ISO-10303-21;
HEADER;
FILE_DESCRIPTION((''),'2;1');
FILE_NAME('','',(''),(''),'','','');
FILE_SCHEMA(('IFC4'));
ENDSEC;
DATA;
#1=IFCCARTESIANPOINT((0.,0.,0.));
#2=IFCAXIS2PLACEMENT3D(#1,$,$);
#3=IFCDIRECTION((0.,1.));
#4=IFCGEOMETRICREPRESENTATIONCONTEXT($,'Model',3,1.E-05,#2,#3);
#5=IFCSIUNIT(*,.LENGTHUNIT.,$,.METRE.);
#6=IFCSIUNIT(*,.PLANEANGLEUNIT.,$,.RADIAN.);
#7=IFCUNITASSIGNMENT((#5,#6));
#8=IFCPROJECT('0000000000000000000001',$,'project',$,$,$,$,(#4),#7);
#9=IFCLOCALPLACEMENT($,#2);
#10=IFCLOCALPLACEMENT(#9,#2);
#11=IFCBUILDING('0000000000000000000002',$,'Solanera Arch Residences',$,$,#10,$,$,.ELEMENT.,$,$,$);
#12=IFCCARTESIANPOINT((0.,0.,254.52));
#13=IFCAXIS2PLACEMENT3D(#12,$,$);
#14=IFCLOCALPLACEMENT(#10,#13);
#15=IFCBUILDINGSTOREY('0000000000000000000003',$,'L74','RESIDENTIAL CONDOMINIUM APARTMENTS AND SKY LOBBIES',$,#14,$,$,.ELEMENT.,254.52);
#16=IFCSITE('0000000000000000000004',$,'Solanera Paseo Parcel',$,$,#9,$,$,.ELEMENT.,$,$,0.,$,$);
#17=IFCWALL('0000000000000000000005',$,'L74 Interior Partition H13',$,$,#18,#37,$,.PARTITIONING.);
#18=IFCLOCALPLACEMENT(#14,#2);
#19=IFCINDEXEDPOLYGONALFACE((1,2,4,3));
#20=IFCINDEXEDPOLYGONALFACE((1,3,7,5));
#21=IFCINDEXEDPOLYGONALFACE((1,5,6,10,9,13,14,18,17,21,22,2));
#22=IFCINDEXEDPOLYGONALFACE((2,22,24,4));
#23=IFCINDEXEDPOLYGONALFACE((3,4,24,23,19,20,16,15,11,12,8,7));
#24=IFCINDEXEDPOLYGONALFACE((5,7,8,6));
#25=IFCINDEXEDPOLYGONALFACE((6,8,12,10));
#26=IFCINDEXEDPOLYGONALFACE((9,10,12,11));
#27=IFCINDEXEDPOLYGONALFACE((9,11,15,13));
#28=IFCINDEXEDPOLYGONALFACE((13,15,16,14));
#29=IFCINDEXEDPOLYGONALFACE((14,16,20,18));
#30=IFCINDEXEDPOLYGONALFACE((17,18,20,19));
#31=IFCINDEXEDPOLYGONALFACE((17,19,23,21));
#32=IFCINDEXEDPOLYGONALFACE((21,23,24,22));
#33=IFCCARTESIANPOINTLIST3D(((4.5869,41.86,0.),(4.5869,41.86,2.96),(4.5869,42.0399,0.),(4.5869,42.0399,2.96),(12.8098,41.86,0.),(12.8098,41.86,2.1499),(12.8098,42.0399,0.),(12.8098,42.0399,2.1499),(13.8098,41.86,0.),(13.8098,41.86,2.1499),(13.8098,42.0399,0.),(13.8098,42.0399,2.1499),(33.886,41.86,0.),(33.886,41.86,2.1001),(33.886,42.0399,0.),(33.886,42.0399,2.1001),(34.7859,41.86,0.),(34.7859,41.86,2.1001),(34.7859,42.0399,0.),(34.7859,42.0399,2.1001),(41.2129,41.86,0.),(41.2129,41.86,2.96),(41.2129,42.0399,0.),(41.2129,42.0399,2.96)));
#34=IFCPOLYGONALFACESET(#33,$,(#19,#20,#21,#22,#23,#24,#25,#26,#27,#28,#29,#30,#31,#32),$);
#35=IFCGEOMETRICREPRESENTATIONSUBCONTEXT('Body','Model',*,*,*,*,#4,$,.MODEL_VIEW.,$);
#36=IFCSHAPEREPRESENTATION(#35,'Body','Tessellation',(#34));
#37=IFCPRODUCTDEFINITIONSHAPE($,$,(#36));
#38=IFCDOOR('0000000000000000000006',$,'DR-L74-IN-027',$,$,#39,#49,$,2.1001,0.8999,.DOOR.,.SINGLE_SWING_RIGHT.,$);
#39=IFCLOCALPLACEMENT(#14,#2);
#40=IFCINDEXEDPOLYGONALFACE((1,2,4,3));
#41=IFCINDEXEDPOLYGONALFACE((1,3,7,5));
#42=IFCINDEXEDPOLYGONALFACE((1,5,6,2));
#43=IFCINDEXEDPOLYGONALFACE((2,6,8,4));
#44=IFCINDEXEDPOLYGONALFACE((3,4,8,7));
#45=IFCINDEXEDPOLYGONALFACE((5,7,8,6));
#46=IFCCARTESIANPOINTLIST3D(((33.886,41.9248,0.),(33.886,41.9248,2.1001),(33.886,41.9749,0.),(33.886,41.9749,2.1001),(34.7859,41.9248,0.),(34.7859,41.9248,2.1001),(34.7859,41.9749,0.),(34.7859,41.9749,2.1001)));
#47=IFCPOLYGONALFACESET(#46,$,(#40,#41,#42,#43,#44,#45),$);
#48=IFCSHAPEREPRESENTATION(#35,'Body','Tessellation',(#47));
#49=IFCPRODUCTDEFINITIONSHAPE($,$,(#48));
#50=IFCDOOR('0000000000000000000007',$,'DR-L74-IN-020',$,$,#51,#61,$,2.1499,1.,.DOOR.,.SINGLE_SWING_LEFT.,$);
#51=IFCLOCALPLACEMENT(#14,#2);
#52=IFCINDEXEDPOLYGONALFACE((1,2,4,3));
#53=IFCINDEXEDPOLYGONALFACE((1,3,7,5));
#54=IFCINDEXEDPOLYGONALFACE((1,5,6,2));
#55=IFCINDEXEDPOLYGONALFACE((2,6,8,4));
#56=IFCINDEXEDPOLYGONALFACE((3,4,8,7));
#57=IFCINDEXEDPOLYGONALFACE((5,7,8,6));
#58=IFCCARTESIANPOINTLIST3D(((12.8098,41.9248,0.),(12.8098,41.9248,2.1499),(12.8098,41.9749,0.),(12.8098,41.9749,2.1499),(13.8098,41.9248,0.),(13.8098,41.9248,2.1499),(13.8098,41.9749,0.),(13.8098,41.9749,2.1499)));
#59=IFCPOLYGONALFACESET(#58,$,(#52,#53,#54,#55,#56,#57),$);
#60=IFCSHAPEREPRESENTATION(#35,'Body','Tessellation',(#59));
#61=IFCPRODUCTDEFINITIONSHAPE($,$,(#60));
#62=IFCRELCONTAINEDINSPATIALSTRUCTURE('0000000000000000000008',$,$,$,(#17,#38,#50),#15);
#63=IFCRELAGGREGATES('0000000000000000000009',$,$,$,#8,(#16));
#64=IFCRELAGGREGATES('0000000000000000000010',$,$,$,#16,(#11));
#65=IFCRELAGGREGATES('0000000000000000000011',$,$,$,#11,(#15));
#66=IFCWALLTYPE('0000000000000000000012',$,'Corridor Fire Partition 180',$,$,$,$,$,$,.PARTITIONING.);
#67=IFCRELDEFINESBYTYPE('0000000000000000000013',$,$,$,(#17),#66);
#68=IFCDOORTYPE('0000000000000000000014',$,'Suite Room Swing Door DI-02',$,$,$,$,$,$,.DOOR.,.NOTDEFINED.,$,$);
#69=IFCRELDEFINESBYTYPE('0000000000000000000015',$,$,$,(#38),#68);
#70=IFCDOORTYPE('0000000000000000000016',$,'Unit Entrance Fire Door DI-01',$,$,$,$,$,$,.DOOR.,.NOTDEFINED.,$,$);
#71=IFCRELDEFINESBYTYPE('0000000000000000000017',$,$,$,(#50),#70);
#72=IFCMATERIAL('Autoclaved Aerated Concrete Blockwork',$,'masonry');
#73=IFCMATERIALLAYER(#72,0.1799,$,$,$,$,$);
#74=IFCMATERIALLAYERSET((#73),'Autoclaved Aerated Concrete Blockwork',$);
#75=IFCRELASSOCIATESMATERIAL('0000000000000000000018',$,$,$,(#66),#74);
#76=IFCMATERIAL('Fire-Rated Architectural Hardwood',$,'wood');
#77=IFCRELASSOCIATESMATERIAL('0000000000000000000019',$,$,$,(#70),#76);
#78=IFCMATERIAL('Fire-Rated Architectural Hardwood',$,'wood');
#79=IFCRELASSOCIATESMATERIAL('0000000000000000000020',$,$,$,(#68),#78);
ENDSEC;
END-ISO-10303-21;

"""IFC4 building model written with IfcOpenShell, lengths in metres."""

from ifc_helpers import new_model, si_unit, direction, frame, frame_2d, origin, place, context, subcontext, project, spatial, rectangle, extrude, material, layer, layer_set, type_object, element, fill, save


model = new_model("IFC4")

# Units and contexts
model_context = context("Model", 3, precision=1e-05, world=origin(), true_north=direction((0.0, 1.0)))
body_context = subcontext(model_context, "Body", "Model", "MODEL_VIEW")
ifc_project = project(units=[si_unit("LENGTHUNIT", "METRE"), si_unit("PLANEANGLEUNIT", "RADIAN")], contexts=[model_context])

# Site, building, storey
site_placement = place(None, origin())
site = spatial("IfcSite", under=ifc_project, at=site_placement, Name="Solanera Paseo Parcel", CompositionType="ELEMENT", RefElevation=0.0)
building_placement = place(site_placement, origin())
building = spatial("IfcBuilding", under=site, at=building_placement, Name="Solanera Arch Residences", CompositionType="ELEMENT")
storey_placement = place(building_placement, frame((0.0, 0.0, 254.52)))
storey = spatial("IfcBuildingStorey", under=building, at=storey_placement, Name="L74", Description="RESIDENTIAL CONDOMINIUM APARTMENTS AND SKY LOBBIES", CompositionType="ELEMENT", Elevation=254.52)

# Wall, openings, doors
ifc_material_1 = material(Name="Autoclaved Aerated Concrete Blockwork", Category="masonry")
ifc_layer_1 = layer(ifc_material_1, 0.1799)
ifc_layer_set_1 = layer_set([ifc_layer_1], Name="Autoclaved Aerated Concrete Blockwork")
wall_type_1 = type_object("IfcWallType", Name="Corridor Fire Partition 180", PredefinedType="PARTITIONING", material=ifc_layer_set_1)
ifc_material_2 = material(Name="Fire-Rated Architectural Hardwood", Category="wood")
door_type_1 = type_object("IfcDoorType", Name="Unit Entrance Fire Door DI-01", OperationType="NOTDEFINED", PredefinedType="DOOR", material=ifc_material_2)
wall_1_placement = place(storey_placement, frame((4.5869, 41.95, 0.0), z_axis=(0.0, 0.0, 1.0), x_axis=(1.0, 0.0, 0.0)))
wall_1 = element("IfcWall", 1, at=wall_1_placement, inside=storey, type_object=wall_type_1, Name="L74 Interior Partition H13", PredefinedType="PARTITIONING", context=body_context, shape_type="SweptSolid", body=[
    extrude(rectangle(XDim=36.626, YDim=0.1799, at=frame_2d((18.313, 0.0))), origin(), (0.0, 0.0, 1.0), 2.96),
])
opening_1_placement = place(wall_1_placement, frame((8.2229, 0.0, 0.0)))
opening_1 = element("IfcOpeningElement", 2, at=opening_1_placement, cuts=wall_1, PredefinedType="OPENING", context=body_context, shape_type="SweptSolid", body=[
    extrude(rectangle(XDim=1.0, YDim=2.1499, at=frame_2d((0.5, 1.075))), frame((0.0, 0.1001, 0.0), z_axis=(0.0, -1.0, 0.0), x_axis=(1.0, 0.0, 0.0)), (0.0, 0.0, 1.0), 0.1999),
])
opening_2_placement = place(wall_1_placement, frame((29.2991, 0.0, 0.0)))
opening_2 = element("IfcOpeningElement", 3, at=opening_2_placement, cuts=wall_1, PredefinedType="OPENING", context=body_context, shape_type="SweptSolid", body=[
    extrude(rectangle(XDim=0.8999, YDim=2.1001, at=frame_2d((0.45, 1.05))), frame((0.0, 0.1001, 0.0), z_axis=(0.0, -1.0, 0.0), x_axis=(1.0, 0.0, 0.0)), (0.0, 0.0, 1.0), 0.1999),
])
ifc_material_3 = material(Name="Fire-Rated Architectural Hardwood", Category="wood")
door_type_2 = type_object("IfcDoorType", Name="Suite Room Swing Door DI-02", OperationType="NOTDEFINED", PredefinedType="DOOR", material=ifc_material_3)
door_1_placement = place(opening_2_placement, origin())
door_1 = element("IfcDoor", 4, at=door_1_placement, inside=storey, type_object=door_type_2, Name="DR-L74-IN-027", OperationType="SINGLE_SWING_RIGHT", OverallHeight=2.1001, OverallWidth=0.8999, PredefinedType="DOOR", context=body_context, shape_type="SweptSolid", body=[
    extrude(rectangle(XDim=0.8999, YDim=2.1001, at=frame_2d((0.45, 1.05))), frame((0.0, 0.0249, 0.0), z_axis=(0.0, -1.0, 0.0), x_axis=(1.0, 0.0, 0.0)), (0.0, 0.0, 1.0), 0.05),
])
fill(opening_2, door_1)
door_2_placement = place(opening_1_placement, origin())
door_2 = element("IfcDoor", 5, at=door_2_placement, inside=storey, type_object=door_type_1, Name="DR-L74-IN-020", OperationType="SINGLE_SWING_LEFT", OverallHeight=2.1499, OverallWidth=1.0, PredefinedType="DOOR", context=body_context, shape_type="SweptSolid", body=[
    extrude(rectangle(XDim=1.0, YDim=2.1499, at=frame_2d((0.5, 1.075))), frame((0.0, 0.0249, 0.0), z_axis=(0.0, -1.0, 0.0), x_axis=(1.0, 0.0, 0.0)), (0.0, 0.0, 1.0), 0.05),
])
fill(opening_1, door_2)

save(model, "model.ifc")
